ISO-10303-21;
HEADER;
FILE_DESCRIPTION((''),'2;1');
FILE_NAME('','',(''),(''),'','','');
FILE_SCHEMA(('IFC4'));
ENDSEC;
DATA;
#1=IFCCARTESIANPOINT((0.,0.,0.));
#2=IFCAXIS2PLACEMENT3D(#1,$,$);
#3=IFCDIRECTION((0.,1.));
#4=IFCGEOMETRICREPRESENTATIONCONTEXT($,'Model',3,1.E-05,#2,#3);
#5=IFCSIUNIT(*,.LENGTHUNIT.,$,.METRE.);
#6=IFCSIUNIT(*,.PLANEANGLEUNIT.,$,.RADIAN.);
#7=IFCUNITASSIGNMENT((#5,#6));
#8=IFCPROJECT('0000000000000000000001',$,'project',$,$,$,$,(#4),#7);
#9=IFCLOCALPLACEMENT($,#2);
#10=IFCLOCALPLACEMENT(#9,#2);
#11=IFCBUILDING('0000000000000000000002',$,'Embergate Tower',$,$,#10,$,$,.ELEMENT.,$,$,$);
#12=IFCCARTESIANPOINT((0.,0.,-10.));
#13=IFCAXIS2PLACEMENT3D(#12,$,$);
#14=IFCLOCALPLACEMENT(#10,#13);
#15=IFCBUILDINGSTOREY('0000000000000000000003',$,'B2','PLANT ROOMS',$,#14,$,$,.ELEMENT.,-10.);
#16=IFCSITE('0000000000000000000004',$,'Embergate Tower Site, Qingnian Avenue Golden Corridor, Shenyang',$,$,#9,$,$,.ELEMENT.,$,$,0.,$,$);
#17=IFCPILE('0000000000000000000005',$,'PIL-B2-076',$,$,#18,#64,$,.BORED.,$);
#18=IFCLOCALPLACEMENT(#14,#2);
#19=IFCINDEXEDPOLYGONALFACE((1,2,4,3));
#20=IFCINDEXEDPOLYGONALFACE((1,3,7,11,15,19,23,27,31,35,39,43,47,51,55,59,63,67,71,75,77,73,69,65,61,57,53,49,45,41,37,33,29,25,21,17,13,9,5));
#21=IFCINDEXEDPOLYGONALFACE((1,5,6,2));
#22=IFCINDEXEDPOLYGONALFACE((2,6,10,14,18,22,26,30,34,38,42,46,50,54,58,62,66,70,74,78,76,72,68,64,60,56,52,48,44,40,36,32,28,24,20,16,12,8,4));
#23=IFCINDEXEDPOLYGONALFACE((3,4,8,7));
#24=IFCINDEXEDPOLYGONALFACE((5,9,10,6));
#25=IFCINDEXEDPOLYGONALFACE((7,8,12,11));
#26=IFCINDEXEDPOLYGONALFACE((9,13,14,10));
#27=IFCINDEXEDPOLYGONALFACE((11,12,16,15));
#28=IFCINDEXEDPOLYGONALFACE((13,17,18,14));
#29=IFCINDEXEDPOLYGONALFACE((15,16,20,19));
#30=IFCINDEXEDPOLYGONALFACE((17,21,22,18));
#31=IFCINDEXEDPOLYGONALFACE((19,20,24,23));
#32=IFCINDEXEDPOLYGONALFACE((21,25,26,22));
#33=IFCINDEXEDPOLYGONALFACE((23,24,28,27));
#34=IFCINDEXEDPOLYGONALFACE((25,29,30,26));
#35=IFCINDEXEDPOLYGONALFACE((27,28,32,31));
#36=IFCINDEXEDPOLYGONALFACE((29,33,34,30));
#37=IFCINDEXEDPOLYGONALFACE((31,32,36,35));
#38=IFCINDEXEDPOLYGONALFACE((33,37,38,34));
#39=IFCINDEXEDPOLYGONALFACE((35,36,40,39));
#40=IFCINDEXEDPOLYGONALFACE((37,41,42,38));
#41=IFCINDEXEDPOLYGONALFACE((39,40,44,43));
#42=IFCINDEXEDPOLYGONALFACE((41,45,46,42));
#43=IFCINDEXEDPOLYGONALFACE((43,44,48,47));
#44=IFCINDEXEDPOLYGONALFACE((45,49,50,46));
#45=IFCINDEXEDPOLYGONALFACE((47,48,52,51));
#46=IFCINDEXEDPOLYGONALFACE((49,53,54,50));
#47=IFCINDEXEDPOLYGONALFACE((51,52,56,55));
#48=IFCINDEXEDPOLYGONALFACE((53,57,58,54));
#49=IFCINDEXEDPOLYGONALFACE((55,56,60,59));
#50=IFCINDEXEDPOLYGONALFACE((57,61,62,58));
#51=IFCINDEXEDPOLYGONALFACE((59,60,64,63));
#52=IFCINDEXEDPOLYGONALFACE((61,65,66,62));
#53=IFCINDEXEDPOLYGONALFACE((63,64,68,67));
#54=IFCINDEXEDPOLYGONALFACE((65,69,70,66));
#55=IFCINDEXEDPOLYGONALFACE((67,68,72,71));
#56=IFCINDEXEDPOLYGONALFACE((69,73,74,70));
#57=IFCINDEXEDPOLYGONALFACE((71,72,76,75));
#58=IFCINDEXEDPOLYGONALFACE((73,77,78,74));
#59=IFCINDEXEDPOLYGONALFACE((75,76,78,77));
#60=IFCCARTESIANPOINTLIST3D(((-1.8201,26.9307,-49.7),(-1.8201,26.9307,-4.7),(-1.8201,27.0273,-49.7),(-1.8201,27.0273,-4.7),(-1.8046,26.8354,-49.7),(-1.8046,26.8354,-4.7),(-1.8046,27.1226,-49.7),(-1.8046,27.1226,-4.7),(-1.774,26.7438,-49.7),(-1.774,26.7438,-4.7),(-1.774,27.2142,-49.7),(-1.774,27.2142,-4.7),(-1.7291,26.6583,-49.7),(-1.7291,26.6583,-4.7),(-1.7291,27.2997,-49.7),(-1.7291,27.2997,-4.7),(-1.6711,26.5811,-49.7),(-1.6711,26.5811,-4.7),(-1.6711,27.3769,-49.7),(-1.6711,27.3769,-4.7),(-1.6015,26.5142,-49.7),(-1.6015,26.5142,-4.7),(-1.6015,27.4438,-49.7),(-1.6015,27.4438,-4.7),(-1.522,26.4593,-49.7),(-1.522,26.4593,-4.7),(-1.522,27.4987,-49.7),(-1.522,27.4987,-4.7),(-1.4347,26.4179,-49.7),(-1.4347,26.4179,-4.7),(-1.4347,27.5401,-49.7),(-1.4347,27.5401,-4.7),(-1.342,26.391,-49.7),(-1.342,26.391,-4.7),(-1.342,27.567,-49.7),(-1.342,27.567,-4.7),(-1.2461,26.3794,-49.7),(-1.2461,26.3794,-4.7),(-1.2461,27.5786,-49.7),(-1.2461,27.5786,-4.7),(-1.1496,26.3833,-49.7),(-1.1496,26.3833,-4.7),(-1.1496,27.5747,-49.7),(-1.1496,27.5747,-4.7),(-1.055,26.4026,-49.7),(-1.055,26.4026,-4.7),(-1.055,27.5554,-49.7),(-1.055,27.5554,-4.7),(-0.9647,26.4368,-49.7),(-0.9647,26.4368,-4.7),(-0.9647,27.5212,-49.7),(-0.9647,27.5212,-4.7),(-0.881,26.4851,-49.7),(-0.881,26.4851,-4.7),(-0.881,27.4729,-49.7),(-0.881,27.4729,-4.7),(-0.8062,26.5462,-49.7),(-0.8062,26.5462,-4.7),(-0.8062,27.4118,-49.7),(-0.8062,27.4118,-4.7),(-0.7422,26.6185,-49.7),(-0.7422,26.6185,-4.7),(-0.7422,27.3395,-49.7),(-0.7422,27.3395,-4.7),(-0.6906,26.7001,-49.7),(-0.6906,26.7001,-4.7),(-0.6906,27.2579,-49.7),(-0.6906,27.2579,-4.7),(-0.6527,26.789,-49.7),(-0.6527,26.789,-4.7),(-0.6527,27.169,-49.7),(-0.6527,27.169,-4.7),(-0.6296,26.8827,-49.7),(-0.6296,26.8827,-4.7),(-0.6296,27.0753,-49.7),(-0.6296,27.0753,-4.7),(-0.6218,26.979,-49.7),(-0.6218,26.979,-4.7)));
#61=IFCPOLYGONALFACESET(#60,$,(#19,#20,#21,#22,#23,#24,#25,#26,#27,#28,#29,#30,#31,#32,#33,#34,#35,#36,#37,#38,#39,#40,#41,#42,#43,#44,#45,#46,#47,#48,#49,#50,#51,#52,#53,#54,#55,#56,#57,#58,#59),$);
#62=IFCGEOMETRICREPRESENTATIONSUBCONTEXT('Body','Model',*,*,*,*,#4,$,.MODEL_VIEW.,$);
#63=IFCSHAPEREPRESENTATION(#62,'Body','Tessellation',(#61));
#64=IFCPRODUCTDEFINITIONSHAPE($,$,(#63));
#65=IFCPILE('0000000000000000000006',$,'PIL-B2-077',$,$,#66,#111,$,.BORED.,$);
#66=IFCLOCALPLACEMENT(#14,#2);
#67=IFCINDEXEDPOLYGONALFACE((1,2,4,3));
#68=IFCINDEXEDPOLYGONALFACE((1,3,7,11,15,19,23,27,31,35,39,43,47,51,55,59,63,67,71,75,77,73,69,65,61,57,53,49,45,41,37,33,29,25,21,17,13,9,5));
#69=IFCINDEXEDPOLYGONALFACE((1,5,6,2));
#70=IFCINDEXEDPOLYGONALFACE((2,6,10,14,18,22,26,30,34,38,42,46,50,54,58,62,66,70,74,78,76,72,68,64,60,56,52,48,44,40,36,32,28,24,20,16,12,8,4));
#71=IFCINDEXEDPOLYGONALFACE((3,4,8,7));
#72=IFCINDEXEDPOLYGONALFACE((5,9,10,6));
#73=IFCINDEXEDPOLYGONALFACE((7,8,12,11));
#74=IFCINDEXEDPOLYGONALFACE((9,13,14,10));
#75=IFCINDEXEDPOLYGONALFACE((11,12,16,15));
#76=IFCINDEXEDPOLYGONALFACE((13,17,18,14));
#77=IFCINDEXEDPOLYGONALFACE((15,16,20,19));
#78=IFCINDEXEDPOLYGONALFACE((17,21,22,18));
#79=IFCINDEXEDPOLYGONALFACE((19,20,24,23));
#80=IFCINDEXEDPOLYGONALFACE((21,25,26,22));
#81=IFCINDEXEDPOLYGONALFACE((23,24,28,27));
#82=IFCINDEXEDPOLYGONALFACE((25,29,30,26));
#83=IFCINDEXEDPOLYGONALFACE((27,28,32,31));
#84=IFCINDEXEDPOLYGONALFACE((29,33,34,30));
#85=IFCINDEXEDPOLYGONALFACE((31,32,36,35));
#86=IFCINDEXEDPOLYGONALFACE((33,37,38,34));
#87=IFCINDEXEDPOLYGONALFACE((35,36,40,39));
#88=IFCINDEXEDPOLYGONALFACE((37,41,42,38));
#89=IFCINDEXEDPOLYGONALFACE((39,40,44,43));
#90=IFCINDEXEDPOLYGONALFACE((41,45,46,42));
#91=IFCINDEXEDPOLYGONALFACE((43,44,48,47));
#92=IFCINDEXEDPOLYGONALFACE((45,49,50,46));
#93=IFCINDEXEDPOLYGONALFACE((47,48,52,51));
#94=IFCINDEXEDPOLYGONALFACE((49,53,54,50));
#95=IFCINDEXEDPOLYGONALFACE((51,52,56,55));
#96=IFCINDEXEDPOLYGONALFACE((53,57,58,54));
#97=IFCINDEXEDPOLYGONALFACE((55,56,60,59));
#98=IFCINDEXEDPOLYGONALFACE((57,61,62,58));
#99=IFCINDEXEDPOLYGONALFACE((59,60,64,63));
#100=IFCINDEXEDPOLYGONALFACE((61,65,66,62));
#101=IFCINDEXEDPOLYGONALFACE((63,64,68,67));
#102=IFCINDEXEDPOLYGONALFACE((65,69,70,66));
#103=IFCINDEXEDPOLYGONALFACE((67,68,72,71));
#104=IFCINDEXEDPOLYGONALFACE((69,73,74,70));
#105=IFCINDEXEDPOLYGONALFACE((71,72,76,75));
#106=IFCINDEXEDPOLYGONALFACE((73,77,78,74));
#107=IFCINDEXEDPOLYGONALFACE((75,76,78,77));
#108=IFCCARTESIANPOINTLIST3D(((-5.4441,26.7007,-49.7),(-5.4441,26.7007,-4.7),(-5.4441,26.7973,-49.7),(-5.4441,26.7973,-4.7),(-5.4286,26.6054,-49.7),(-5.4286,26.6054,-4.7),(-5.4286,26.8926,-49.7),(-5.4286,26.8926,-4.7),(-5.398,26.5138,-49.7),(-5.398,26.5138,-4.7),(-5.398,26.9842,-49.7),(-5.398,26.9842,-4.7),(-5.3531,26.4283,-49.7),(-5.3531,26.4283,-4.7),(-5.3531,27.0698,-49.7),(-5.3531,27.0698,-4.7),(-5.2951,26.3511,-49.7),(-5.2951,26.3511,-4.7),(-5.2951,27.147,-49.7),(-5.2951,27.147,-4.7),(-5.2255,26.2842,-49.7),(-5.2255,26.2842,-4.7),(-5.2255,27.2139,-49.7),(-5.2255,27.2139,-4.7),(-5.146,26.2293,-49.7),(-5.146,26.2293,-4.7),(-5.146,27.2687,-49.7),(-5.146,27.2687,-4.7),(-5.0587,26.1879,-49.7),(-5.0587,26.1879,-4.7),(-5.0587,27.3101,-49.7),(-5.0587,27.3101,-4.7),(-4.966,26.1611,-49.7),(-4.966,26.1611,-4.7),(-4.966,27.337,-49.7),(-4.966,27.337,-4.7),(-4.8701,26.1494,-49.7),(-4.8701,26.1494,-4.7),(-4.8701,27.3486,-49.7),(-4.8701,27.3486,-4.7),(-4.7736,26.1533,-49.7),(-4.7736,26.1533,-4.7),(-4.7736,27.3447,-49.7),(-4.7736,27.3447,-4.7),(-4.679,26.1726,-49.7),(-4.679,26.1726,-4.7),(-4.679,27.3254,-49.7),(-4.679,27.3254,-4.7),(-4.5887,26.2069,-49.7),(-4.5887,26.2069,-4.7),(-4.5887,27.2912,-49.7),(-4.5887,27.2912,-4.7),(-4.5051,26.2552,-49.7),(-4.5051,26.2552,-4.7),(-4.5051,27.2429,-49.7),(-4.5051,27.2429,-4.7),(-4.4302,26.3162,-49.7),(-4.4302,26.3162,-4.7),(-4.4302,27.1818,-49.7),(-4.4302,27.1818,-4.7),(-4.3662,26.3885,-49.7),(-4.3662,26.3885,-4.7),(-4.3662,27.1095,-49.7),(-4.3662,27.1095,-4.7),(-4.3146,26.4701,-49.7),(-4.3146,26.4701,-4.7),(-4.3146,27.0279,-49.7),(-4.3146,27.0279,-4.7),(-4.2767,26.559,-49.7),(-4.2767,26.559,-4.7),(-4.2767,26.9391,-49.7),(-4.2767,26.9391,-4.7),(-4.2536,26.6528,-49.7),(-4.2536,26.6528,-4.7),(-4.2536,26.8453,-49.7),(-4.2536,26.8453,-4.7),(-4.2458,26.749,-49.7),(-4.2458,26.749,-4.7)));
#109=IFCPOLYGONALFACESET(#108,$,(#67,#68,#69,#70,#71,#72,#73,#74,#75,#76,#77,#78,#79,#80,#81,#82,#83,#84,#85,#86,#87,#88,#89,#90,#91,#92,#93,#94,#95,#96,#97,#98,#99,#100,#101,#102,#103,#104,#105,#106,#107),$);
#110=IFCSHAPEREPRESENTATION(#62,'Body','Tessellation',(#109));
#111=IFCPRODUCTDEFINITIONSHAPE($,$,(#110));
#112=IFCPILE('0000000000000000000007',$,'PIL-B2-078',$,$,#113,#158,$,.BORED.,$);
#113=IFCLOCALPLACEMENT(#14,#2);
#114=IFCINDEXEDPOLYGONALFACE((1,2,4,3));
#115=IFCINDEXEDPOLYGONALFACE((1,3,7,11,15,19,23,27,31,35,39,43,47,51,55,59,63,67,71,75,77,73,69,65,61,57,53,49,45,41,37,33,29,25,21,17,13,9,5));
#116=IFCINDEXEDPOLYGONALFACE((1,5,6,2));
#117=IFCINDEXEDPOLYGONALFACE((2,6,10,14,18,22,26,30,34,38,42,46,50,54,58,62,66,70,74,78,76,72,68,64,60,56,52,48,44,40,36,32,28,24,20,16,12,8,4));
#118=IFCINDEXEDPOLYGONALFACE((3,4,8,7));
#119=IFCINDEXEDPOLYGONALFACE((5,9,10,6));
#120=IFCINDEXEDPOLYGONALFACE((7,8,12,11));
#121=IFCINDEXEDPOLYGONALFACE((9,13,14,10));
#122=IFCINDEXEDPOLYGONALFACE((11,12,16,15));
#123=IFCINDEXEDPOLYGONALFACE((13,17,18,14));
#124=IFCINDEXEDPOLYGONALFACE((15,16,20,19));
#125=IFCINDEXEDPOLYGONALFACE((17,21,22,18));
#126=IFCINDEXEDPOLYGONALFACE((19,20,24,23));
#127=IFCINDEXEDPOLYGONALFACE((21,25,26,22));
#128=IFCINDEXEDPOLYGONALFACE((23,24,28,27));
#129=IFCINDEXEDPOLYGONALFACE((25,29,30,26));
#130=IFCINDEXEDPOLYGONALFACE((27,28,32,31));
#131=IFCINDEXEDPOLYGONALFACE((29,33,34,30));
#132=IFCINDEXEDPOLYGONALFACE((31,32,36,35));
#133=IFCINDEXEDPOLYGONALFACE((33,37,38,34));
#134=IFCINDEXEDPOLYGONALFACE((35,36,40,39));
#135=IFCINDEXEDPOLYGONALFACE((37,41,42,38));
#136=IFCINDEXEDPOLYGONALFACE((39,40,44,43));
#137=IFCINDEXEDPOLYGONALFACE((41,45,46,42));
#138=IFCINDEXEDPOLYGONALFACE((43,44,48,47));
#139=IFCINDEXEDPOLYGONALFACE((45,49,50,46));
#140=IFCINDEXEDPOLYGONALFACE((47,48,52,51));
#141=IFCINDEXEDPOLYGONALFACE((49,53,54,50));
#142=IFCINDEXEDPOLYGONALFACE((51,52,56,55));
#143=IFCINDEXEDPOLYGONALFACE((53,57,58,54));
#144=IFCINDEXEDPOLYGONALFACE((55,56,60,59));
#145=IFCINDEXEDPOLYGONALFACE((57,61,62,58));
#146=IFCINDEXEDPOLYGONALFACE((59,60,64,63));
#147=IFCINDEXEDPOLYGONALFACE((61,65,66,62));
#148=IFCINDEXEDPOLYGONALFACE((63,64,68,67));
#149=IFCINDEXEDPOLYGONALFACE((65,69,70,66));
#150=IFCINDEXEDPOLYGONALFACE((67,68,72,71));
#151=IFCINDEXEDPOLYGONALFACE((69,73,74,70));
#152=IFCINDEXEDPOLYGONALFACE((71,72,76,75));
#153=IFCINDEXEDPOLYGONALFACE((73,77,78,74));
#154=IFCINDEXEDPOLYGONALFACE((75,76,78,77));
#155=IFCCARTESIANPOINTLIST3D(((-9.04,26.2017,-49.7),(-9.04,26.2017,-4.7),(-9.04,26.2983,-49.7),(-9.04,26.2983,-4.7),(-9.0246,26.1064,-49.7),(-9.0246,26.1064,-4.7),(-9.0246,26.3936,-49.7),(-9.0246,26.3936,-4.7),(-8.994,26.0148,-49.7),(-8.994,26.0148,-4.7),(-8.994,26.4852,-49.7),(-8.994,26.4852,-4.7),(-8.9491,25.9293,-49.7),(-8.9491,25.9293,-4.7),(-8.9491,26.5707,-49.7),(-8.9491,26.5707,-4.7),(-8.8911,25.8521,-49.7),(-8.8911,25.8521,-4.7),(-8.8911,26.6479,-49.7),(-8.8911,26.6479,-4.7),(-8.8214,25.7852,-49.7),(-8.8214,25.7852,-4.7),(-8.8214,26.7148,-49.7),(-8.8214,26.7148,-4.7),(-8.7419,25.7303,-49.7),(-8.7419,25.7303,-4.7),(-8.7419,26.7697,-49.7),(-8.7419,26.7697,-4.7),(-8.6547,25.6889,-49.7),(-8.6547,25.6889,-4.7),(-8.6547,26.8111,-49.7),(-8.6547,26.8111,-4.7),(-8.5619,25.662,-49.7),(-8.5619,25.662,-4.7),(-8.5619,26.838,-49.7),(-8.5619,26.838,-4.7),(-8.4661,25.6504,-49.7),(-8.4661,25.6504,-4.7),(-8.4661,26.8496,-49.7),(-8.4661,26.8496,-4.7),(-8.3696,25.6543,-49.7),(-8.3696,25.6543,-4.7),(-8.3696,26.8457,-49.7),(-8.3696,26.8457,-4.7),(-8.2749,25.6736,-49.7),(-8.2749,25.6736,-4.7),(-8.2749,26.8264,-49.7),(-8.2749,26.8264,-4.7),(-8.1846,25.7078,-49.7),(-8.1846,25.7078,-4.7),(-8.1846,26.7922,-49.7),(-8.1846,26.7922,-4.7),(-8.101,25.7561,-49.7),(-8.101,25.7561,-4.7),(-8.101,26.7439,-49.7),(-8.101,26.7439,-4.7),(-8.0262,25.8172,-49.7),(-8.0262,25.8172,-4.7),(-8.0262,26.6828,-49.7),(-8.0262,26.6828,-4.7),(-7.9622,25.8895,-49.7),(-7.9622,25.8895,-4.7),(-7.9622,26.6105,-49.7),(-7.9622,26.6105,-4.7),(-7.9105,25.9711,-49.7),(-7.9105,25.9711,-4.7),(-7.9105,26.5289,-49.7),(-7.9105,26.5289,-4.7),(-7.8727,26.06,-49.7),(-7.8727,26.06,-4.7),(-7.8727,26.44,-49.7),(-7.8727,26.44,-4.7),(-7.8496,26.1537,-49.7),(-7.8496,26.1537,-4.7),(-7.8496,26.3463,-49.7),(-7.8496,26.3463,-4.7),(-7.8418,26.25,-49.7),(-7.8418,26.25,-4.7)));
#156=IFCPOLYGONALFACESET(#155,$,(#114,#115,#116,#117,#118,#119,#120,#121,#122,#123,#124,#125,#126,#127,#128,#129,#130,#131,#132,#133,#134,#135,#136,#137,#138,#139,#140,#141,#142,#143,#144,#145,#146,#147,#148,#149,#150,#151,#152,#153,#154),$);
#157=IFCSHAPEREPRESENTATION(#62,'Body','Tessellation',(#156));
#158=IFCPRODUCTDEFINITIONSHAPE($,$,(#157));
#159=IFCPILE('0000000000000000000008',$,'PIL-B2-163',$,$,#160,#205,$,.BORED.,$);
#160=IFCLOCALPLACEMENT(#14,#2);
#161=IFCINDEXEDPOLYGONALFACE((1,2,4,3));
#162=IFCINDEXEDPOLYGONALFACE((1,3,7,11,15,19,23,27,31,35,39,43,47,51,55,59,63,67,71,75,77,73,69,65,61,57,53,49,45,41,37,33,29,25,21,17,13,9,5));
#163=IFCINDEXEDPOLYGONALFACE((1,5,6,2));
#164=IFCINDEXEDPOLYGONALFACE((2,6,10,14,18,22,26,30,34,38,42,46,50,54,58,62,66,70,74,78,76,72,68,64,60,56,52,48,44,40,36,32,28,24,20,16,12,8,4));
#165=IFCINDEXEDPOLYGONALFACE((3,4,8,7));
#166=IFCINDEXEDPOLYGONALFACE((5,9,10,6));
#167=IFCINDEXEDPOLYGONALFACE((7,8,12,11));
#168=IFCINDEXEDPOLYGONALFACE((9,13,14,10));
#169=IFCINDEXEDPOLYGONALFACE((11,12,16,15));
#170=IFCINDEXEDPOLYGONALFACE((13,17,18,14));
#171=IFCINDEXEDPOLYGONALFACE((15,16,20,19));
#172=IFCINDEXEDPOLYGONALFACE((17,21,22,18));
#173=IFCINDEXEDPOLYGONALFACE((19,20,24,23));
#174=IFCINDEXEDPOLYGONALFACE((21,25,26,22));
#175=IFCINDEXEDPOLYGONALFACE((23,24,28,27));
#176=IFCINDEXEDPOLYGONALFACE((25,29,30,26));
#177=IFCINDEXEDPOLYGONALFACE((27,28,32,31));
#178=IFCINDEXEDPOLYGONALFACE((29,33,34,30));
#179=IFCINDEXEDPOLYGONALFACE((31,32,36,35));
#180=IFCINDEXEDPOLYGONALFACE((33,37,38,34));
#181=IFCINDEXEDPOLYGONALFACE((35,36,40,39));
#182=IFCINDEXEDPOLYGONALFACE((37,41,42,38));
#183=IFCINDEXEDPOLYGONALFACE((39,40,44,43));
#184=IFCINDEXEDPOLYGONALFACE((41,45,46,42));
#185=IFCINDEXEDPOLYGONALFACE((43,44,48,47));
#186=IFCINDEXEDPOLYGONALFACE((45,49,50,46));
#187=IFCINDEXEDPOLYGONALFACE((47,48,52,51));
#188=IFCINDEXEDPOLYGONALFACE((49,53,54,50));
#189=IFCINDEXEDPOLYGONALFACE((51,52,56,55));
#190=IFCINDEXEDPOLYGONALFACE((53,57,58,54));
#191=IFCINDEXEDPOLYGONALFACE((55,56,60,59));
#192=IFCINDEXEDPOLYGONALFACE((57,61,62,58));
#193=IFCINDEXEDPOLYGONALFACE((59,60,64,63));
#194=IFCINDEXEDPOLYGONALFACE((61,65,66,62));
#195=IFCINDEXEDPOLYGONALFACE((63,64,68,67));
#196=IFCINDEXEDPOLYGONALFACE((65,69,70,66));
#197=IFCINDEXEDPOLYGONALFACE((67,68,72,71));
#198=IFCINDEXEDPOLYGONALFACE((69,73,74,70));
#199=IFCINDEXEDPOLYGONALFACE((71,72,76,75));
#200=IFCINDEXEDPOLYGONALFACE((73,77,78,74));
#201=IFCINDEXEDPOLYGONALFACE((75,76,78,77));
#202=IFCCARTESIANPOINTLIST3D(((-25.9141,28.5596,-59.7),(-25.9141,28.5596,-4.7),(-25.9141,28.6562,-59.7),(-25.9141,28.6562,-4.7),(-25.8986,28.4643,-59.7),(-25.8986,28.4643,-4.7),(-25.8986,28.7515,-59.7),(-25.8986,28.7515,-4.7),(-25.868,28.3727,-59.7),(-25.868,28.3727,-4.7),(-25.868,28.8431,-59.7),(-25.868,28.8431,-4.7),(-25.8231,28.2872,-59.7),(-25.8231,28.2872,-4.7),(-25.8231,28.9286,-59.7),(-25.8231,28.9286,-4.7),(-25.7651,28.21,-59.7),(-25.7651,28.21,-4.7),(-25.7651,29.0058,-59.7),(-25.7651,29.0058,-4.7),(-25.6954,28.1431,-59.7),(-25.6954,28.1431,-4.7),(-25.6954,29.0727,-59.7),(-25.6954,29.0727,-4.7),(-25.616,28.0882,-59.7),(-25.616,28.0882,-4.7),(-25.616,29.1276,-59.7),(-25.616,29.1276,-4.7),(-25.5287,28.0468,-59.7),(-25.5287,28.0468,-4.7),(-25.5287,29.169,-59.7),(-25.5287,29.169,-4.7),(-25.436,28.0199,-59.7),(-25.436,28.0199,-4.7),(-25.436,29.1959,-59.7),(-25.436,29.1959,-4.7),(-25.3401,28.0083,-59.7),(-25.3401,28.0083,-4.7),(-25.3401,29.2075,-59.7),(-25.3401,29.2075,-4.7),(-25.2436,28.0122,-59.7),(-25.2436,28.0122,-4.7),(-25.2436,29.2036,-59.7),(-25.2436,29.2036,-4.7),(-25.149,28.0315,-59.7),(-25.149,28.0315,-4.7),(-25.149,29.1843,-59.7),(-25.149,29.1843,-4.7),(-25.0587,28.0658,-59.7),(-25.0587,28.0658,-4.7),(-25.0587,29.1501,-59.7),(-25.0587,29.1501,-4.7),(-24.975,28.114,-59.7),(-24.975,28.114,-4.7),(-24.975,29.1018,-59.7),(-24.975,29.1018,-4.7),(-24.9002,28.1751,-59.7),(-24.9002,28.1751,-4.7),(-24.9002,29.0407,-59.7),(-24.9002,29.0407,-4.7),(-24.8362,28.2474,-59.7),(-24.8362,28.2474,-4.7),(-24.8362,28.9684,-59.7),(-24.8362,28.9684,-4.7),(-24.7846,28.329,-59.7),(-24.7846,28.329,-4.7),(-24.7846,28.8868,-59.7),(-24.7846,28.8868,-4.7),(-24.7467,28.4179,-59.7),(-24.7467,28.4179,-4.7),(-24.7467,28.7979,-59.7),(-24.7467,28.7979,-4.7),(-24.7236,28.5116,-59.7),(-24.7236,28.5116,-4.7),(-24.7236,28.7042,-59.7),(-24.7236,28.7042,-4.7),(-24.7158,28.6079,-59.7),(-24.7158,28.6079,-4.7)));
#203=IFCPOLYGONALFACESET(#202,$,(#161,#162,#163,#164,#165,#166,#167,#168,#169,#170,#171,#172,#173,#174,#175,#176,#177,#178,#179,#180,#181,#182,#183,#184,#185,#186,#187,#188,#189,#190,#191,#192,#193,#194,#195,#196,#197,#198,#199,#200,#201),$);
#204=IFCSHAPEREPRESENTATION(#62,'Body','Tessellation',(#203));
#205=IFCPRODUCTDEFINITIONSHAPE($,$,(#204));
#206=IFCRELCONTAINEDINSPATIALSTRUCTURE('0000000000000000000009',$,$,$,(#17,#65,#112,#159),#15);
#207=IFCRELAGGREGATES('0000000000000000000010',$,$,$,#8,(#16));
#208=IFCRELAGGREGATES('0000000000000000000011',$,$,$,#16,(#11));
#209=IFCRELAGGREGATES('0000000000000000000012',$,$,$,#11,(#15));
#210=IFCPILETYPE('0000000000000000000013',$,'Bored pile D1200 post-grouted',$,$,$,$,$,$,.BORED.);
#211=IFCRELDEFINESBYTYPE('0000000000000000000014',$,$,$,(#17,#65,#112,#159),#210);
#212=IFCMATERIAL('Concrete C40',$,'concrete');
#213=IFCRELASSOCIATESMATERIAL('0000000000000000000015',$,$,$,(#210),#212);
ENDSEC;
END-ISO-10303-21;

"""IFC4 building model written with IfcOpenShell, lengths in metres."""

from ifc_helpers import new_model, si_unit, direction, frame, origin, origin_2d, place, context, subcontext, project, spatial, circle, extrude, source, transform, mapped, material, material_profile, profile_set, type_object, element, save


model = new_model("IFC4")

# Units and contexts
model_context = context("Model", 3, precision=1e-05, world=origin(), true_north=direction((0.0, 1.0)))
body_context = subcontext(model_context, "Body", "Model", "MODEL_VIEW")
ifc_project = project(units=[si_unit("LENGTHUNIT", "METRE"), si_unit("PLANEANGLEUNIT", "RADIAN")], contexts=[model_context])

# Site, building, storey
site_placement = place(None, origin())
site = spatial("IfcSite", under=ifc_project, at=site_placement, Name="Embergate Tower Site, Qingnian Avenue Golden Corridor, Shenyang", CompositionType="ELEMENT", RefElevation=0.0)
building_placement = place(site_placement, origin())
building = spatial("IfcBuilding", under=site, at=building_placement, Name="Embergate Tower", CompositionType="ELEMENT")
storey_placement = place(building_placement, frame((0.0, 0.0, -10.0)))
storey = spatial("IfcBuildingStorey", under=building, at=storey_placement, Name="B2", Description="PLANT ROOMS", CompositionType="ELEMENT", Elevation=-10.0)

# Piles
ifc_material_1 = material(Name="Concrete C40", Category="concrete")
ifc_material_profile = material_profile(ifc_material_1, circle(Radius=0.6001, at=origin_2d()), Name="D1200")
ifc_profile_set = profile_set([ifc_material_profile], Name="Concrete C40")
pile_type = type_object("IfcPileType", Name="Bored pile D1200 post-grouted", PredefinedType="BORED", material=ifc_profile_set)
shared_shape_1 = source(origin(), body_context, "Body", "SweptSolid", [
    extrude(circle(Radius=0.6001, at=origin_2d()), origin(), (0.0, 0.0, 1.0), 45.0),
])
for number, where, z_axis, x_axis, name in (
    (1, (-1.2219, 26.979, -4.7), (0.0, 0.0, -1.0), (1.0, 0.0, 0.0), "PIL-B2-076"),
    (2, (-4.8459, 26.749, -4.7), (0.0, 0.0, -1.0), (1.0, 0.0, 0.0), "PIL-B2-077"),
    (3, (-8.4419, 26.25, -4.7), (0.0, 0.0, -1.0), (1.0, 0.0, 0.0), "PIL-B2-078"),
):
    element("IfcPile", number, at=place(storey_placement, frame(where, z_axis=z_axis, x_axis=x_axis)), inside=storey, type_object=pile_type, Name=name, PredefinedType="BORED", context=body_context, shape_type="MappedRepresentation", body=[
        mapped(shared_shape_1, transform((0.0, 0.0, 0.0))),
    ])
shared_shape_2 = source(origin(), body_context, "Body", "SweptSolid", [
    extrude(circle(Radius=0.6001, at=origin_2d()), origin(), (0.0, 0.0, 1.0), 55.0),
])
for number, where, z_axis, x_axis, name in (
    (4, (-25.3159, 28.6079, -4.7), (0.0, 0.0, -1.0), (1.0, 0.0, 0.0), "PIL-B2-163"),
):
    element("IfcPile", number, at=place(storey_placement, frame(where, z_axis=z_axis, x_axis=x_axis)), inside=storey, type_object=pile_type, Name=name, PredefinedType="BORED", context=body_context, shape_type="MappedRepresentation", body=[
        mapped(shared_shape_2, transform((0.0, 0.0, 0.0))),
    ])

save(model, "model.ifc")
